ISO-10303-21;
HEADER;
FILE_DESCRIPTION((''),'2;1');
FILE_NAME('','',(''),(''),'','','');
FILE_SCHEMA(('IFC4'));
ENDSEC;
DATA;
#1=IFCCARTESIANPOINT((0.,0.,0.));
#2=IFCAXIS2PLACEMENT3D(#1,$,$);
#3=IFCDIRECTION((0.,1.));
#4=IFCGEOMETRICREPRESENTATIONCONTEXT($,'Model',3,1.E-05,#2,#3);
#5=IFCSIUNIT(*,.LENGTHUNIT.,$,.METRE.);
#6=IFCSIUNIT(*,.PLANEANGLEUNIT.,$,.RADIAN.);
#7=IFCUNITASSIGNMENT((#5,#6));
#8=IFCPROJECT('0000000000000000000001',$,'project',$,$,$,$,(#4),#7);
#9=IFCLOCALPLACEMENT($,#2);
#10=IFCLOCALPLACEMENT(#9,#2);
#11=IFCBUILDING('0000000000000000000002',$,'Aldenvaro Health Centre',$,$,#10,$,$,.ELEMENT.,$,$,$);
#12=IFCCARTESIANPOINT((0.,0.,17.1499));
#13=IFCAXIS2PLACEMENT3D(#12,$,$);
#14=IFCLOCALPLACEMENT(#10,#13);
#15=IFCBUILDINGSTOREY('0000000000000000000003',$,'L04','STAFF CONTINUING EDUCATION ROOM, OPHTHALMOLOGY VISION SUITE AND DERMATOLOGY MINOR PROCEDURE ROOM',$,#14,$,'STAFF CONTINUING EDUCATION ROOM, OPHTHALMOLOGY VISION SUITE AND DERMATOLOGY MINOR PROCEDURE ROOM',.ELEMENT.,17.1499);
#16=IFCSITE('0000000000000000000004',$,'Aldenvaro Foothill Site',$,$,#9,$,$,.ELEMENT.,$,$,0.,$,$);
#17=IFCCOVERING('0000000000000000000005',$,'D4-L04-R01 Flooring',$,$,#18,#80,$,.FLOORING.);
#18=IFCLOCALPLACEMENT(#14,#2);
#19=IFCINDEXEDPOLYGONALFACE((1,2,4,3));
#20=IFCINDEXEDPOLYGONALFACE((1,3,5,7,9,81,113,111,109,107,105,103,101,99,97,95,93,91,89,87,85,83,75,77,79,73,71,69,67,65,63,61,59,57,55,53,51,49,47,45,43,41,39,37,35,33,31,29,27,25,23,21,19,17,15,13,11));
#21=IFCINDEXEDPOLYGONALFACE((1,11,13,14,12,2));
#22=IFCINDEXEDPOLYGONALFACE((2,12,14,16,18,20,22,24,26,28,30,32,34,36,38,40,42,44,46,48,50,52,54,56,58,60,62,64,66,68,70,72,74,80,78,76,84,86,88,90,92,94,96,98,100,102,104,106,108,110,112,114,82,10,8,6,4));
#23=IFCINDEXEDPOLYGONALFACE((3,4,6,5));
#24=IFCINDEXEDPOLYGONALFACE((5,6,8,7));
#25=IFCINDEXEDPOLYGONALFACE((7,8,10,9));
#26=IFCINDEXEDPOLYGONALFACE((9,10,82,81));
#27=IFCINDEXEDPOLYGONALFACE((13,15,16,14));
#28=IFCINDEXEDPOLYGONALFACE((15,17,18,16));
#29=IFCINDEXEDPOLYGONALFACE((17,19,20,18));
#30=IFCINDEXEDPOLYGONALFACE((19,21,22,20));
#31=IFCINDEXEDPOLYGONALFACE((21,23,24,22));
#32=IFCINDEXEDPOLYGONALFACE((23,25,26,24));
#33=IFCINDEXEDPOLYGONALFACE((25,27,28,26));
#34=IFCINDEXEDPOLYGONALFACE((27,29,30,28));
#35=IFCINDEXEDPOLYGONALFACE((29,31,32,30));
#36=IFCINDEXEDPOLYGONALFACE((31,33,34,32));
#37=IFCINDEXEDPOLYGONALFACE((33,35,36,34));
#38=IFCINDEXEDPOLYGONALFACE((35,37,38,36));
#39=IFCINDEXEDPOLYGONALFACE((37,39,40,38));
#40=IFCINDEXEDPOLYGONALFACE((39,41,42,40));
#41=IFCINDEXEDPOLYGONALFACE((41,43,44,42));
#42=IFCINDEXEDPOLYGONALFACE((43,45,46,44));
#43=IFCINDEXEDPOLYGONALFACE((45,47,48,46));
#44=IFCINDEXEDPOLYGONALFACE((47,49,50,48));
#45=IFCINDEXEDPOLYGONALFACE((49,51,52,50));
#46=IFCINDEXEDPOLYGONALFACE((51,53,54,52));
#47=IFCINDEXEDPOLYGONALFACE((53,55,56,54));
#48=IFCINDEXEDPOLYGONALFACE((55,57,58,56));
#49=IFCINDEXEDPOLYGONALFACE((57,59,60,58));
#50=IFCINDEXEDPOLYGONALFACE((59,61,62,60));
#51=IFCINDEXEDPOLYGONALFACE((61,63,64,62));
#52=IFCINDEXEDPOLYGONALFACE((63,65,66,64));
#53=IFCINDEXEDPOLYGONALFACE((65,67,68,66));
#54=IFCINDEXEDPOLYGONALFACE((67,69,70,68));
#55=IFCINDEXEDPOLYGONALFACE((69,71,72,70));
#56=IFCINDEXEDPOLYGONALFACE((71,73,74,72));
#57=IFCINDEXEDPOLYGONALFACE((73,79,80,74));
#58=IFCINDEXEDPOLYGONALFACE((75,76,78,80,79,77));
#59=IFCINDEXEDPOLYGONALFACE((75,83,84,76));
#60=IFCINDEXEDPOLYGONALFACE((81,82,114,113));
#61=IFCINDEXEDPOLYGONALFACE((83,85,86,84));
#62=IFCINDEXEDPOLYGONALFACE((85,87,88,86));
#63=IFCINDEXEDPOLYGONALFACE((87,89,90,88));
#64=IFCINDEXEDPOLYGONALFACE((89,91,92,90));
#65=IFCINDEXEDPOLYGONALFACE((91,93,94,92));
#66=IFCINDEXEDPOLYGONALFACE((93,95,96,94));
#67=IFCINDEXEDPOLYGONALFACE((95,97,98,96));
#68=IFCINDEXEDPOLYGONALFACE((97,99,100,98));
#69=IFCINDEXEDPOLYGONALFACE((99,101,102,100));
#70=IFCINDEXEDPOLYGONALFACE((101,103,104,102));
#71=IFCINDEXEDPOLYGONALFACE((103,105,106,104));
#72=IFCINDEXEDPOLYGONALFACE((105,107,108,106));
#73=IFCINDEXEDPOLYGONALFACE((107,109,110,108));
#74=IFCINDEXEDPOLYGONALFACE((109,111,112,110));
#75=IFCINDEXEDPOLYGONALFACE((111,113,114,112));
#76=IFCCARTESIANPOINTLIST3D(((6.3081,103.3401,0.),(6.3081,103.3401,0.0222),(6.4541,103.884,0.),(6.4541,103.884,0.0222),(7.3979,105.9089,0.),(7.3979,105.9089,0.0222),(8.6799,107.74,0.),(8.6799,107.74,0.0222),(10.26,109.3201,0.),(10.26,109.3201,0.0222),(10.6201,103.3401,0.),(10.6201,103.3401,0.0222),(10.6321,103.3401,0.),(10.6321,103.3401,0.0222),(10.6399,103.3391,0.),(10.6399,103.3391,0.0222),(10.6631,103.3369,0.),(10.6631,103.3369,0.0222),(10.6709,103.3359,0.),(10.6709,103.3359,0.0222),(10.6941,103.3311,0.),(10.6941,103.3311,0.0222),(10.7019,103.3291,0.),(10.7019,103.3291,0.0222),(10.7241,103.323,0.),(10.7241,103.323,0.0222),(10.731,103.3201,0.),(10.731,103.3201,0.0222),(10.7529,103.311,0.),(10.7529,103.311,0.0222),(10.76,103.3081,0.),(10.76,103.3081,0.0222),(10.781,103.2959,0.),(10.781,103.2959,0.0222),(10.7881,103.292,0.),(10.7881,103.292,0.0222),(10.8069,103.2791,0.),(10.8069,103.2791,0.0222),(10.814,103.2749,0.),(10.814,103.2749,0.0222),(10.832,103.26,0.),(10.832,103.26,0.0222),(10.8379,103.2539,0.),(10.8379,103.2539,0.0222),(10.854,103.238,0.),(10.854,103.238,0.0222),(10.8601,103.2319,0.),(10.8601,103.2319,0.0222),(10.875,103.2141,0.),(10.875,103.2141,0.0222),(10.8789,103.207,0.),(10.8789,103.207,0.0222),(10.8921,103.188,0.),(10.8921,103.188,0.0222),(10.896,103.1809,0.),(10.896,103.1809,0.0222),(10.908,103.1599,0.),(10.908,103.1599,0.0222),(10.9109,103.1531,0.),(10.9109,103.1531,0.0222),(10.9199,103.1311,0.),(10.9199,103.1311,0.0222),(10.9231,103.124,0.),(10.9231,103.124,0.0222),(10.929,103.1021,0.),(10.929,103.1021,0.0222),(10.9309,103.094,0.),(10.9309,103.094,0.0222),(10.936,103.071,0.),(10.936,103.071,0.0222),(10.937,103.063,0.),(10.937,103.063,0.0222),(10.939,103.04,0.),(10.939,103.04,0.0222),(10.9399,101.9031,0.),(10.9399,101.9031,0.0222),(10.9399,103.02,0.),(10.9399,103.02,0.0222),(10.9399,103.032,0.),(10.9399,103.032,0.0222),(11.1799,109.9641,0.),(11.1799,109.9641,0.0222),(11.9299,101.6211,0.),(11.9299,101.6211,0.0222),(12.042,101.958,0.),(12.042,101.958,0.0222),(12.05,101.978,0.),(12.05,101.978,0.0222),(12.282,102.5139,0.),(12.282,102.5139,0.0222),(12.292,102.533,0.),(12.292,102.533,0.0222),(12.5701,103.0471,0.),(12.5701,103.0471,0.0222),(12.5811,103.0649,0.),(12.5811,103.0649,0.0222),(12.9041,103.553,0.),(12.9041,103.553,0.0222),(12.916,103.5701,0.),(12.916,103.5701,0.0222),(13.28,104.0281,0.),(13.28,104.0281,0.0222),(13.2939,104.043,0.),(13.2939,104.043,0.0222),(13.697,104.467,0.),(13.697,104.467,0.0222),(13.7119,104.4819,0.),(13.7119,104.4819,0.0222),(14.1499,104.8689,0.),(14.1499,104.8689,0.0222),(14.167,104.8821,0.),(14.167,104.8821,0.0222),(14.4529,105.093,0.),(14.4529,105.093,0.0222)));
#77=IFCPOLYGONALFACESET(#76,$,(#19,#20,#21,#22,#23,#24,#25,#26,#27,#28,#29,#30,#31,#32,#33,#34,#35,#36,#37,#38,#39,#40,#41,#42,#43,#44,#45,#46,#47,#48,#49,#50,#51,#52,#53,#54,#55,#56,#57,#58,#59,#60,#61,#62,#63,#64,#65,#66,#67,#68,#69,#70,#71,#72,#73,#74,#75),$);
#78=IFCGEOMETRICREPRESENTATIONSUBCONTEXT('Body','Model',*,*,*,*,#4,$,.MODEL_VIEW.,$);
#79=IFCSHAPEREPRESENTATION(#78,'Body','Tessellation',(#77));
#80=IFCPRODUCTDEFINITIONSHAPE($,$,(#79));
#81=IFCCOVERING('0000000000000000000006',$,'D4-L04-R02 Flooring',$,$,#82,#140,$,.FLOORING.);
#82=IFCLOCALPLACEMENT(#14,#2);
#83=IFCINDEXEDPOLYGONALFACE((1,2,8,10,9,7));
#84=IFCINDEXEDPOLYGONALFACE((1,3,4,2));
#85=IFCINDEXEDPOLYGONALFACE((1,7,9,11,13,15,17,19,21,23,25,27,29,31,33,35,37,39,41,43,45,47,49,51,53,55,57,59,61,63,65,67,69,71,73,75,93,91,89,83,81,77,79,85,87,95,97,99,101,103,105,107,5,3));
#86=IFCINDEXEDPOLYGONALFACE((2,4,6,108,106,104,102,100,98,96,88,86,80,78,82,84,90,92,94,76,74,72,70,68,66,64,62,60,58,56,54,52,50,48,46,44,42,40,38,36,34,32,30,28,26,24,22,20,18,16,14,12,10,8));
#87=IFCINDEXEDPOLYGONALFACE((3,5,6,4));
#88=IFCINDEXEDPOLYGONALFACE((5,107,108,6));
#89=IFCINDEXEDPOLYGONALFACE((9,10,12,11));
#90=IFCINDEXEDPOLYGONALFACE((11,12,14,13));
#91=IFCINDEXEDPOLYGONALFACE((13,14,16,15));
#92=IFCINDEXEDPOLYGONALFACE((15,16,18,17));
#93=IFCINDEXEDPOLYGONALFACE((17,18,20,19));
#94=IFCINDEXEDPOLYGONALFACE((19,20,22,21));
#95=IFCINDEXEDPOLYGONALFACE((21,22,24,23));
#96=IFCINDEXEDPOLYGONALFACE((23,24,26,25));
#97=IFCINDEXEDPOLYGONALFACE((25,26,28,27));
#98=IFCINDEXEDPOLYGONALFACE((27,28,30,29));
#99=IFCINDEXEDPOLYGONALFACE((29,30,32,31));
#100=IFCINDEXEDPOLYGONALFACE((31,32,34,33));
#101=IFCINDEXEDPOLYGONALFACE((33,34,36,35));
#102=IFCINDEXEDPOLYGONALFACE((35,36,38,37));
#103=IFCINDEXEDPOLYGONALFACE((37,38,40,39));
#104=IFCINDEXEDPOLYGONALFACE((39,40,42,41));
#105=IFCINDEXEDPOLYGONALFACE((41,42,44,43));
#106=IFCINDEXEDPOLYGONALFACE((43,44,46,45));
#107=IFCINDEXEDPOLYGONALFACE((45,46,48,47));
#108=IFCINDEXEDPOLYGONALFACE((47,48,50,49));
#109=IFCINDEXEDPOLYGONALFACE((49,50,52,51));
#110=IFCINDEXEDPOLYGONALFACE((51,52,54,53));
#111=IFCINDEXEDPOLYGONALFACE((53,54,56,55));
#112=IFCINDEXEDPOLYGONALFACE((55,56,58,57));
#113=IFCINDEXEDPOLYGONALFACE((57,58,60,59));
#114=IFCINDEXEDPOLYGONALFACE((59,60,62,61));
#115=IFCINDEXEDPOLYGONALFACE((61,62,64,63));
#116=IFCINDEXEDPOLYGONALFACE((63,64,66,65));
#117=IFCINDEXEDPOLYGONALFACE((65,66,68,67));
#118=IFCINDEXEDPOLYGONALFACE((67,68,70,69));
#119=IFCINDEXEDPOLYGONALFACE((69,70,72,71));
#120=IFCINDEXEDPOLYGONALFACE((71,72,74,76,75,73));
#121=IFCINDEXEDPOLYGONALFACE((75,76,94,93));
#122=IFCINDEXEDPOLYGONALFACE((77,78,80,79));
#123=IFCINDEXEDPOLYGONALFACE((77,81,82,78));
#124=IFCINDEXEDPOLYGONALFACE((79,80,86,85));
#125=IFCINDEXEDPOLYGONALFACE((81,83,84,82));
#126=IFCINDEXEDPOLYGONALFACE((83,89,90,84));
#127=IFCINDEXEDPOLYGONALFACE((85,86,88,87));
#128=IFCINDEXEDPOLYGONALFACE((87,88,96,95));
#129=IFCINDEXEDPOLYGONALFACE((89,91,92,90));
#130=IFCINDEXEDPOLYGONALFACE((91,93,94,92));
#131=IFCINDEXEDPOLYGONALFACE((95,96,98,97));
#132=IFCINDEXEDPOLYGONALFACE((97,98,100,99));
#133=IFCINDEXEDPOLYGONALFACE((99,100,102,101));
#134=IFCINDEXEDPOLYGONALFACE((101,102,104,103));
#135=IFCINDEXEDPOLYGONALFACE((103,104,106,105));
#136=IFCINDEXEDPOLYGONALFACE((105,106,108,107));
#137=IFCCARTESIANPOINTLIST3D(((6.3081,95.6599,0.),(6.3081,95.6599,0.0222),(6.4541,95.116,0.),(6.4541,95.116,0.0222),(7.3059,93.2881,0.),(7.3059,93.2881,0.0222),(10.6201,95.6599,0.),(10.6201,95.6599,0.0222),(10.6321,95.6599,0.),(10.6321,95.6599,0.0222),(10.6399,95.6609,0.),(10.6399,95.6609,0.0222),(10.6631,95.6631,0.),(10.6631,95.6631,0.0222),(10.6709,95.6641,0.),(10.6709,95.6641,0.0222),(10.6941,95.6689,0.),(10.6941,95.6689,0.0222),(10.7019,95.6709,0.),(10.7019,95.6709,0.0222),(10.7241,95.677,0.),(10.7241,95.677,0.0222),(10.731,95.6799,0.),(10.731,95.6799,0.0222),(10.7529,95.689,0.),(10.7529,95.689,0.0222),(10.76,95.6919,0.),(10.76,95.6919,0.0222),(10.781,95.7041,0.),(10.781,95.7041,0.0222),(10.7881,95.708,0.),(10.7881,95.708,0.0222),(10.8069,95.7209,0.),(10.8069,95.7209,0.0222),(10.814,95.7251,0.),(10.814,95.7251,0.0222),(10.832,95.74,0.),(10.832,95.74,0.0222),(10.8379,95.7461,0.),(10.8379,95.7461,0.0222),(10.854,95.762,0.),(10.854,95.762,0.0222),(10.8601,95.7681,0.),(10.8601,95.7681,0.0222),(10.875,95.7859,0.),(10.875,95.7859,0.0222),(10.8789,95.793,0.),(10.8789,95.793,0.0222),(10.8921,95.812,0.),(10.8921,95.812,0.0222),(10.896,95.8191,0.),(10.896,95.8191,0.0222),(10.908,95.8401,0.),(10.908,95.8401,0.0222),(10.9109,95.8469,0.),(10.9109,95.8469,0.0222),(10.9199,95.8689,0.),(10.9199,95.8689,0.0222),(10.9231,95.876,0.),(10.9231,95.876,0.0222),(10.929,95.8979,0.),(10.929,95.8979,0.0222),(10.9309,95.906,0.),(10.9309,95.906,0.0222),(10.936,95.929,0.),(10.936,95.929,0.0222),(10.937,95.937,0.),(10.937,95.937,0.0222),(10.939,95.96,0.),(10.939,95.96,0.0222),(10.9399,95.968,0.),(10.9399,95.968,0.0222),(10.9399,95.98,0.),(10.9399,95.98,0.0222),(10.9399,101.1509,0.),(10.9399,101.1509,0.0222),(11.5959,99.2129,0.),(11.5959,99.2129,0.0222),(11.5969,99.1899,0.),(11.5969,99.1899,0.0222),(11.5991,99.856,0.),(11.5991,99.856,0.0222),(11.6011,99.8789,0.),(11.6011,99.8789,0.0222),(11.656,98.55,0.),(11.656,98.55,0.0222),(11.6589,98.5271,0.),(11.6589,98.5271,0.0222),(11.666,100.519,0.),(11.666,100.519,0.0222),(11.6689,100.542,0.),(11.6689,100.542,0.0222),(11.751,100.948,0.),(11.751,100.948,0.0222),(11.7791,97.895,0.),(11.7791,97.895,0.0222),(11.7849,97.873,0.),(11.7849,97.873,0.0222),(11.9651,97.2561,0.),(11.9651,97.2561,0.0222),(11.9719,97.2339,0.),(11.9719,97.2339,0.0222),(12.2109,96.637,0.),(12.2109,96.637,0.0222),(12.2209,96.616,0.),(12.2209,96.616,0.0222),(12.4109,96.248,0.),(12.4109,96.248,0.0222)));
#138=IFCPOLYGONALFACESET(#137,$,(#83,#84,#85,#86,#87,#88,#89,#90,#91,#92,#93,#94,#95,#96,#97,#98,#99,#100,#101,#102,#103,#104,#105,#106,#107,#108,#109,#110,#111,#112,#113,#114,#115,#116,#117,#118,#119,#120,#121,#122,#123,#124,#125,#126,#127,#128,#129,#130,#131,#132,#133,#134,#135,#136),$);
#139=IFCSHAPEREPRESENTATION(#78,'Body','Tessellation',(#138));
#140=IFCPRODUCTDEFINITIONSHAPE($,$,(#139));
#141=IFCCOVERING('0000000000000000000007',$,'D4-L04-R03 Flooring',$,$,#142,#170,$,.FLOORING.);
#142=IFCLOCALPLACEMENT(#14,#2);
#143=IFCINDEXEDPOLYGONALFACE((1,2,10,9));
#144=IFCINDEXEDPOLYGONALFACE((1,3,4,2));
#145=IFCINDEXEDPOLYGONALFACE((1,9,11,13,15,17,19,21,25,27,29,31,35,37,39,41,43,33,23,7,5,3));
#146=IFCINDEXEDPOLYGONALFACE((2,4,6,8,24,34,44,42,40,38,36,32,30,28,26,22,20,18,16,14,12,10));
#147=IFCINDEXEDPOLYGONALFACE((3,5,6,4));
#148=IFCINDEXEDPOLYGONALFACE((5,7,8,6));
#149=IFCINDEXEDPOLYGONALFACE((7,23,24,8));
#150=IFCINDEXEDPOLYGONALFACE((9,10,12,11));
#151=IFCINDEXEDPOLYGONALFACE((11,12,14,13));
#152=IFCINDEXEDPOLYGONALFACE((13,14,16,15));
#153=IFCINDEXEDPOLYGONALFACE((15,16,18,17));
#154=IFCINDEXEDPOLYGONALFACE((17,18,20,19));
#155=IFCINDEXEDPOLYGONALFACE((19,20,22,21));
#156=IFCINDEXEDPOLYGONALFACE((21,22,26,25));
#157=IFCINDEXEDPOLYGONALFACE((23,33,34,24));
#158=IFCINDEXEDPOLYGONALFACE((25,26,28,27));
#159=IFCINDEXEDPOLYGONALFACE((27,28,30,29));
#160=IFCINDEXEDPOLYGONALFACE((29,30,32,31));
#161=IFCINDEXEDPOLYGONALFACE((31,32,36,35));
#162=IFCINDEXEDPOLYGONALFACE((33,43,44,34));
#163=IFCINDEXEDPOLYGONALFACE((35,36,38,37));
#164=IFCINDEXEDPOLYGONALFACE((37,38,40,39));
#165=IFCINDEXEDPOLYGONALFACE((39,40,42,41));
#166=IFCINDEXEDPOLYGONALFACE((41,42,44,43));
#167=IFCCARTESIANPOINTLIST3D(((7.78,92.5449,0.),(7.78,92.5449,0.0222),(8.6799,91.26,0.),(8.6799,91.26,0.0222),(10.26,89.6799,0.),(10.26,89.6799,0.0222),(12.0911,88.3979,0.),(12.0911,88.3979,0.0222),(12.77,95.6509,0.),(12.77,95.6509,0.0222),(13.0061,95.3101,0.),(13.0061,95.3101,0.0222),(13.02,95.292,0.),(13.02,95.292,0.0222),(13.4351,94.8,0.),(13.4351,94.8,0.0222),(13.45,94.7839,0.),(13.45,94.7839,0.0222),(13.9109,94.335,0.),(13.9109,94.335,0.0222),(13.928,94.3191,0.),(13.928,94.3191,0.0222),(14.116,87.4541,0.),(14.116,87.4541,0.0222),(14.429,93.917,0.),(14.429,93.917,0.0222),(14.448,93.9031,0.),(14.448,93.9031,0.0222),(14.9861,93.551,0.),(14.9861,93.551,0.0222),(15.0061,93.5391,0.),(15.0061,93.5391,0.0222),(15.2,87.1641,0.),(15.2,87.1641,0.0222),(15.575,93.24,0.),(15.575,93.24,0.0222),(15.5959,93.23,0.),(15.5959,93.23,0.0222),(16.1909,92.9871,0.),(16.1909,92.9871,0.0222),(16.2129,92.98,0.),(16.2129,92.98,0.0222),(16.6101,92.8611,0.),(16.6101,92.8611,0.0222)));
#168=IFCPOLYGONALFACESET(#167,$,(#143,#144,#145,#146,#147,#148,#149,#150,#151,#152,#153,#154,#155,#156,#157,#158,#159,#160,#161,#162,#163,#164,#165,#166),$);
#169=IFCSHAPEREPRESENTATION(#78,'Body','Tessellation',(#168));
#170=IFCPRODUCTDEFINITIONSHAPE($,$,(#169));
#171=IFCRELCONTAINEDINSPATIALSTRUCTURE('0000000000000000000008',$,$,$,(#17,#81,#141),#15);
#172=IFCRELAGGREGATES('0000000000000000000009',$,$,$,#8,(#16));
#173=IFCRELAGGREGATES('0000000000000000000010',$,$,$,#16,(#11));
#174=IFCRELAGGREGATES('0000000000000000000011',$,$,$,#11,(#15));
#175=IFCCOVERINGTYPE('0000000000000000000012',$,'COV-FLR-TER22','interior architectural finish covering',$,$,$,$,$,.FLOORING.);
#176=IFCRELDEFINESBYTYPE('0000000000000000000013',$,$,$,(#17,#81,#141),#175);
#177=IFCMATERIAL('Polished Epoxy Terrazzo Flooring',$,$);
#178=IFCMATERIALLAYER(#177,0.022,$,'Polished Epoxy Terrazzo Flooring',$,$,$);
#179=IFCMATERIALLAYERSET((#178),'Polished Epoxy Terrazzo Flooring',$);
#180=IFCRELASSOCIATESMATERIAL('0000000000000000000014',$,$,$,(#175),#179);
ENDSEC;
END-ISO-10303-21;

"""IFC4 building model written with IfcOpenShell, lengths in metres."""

from ifc_helpers import new_model, si_unit, direction, frame, origin, place, context, subcontext, project, spatial, polyline, outline, extrude, material, layer, layer_set, type_object, element, save


model = new_model("IFC4")

# Units and contexts
model_context = context("Model", 3, precision=1e-05, world=origin(), true_north=direction((0.0, 1.0)))
body_context = subcontext(model_context, "Body", "Model", "MODEL_VIEW")
ifc_project = project(units=[si_unit("LENGTHUNIT", "METRE"), si_unit("PLANEANGLEUNIT", "RADIAN")], contexts=[model_context])

# Site, building, storey
site_placement = place(None, origin())
site = spatial("IfcSite", under=ifc_project, at=site_placement, Name="Aldenvaro Foothill Site", CompositionType="ELEMENT", RefElevation=0.0)
building_placement = place(site_placement, origin())
building = spatial("IfcBuilding", under=site, at=building_placement, Name="Aldenvaro Health Centre", CompositionType="ELEMENT")
storey_placement = place(building_placement, frame((0.0, 0.0, 17.1499)))
storey = spatial("IfcBuildingStorey", under=building, at=storey_placement, Name="L04", Description="STAFF CONTINUING EDUCATION ROOM, OPHTHALMOLOGY VISION SUITE AND DERMATOLOGY MINOR PROCEDURE ROOM", LongName="STAFF CONTINUING EDUCATION ROOM, OPHTHALMOLOGY VISION SUITE AND DERMATOLOGY MINOR PROCEDURE ROOM", CompositionType="ELEMENT", Elevation=17.1499)

# Coverings
ifc_material_1 = material(Name="Polished Epoxy Terrazzo Flooring")
ifc_layer_1 = layer(ifc_material_1, 0.022, Name="Polished Epoxy Terrazzo Flooring")
ifc_layer_set_1 = layer_set([ifc_layer_1], Name="Polished Epoxy Terrazzo Flooring")
covering_type_1 = type_object("IfcCoveringType", Name="COV-FLR-TER22", Description="interior architectural finish covering", PredefinedType="FLOORING", material=ifc_layer_set_1)
covering_1_placement = place(storey_placement, origin())
element("IfcCovering", 1, at=covering_1_placement, inside=storey, type_object=covering_type_1, Name="D4-L04-R01 Flooring", PredefinedType="FLOORING", context=body_context, shape_type="SweptSolid", body=[
    extrude(outline(polyline([(14.167, 104.8821), (14.1499, 104.8689), (13.7119, 104.4819), (13.697, 104.467), (13.2939, 104.043), (13.28, 104.0281), (12.916, 103.5701), (12.9041, 103.553), (12.5811, 103.0649), (12.5701, 103.0471), (12.292, 102.533), (12.282, 102.5139), (12.05, 101.978), (12.042, 101.958), (11.9299, 101.6211), (10.9399, 101.9031), (10.9399, 103.02), (10.9399, 103.032), (10.939, 103.04), (10.937, 103.063), (10.936, 103.071), (10.9309, 103.094), (10.929, 103.1021), (10.9231, 103.124), (10.9199, 103.1311), (10.9109, 103.1531), (10.908, 103.1599), (10.896, 103.1809), (10.8921, 103.188), (10.8789, 103.207), (10.875, 103.2141), (10.8601, 103.2319), (10.854, 103.238), (10.8379, 103.2539), (10.832, 103.26), (10.814, 103.2749), (10.8069, 103.2791), (10.7881, 103.292), (10.781, 103.2959), (10.76, 103.3081), (10.7529, 103.311), (10.731, 103.3201), (10.7241, 103.323), (10.7019, 103.3291), (10.6941, 103.3311), (10.6709, 103.3359), (10.6631, 103.3369), (10.6399, 103.3391), (10.6321, 103.3401), (10.6201, 103.3401), (6.3081, 103.3401), (6.4541, 103.884), (7.3979, 105.9089), (8.6799, 107.74), (10.26, 109.3201), (11.1799, 109.9641), (14.4529, 105.093), (14.167, 104.8821)])), origin(), (0.0, 0.0, 1.0), 0.0222),
])
covering_2_placement = place(storey_placement, origin())
element("IfcCovering", 2, at=covering_2_placement, inside=storey, type_object=covering_type_1, Name="D4-L04-R02 Flooring", PredefinedType="FLOORING", context=body_context, shape_type="SweptSolid", body=[
    extrude(outline(polyline([(7.3059, 93.2881), (6.4541, 95.116), (6.3081, 95.6599), (10.6201, 95.6599), (10.6321, 95.6599), (10.6399, 95.6609), (10.6631, 95.6631), (10.6709, 95.6641), (10.6941, 95.6689), (10.7019, 95.6709), (10.7241, 95.677), (10.731, 95.6799), (10.7529, 95.689), (10.76, 95.6919), (10.781, 95.7041), (10.7881, 95.708), (10.8069, 95.7209), (10.814, 95.7251), (10.832, 95.74), (10.8379, 95.7461), (10.854, 95.762), (10.8601, 95.7681), (10.875, 95.7859), (10.8789, 95.793), (10.8921, 95.812), (10.896, 95.8191), (10.908, 95.8401), (10.9109, 95.8469), (10.9199, 95.8689), (10.9231, 95.876), (10.929, 95.8979), (10.9309, 95.906), (10.936, 95.929), (10.937, 95.937), (10.939, 95.96), (10.9399, 95.968), (10.9399, 95.98), (10.9399, 101.1509), (11.751, 100.948), (11.6689, 100.542), (11.666, 100.519), (11.6011, 99.8789), (11.5991, 99.856), (11.5959, 99.2129), (11.5969, 99.1899), (11.656, 98.55), (11.6589, 98.5271), (11.7791, 97.895), (11.7849, 97.873), (11.9651, 97.2561), (11.9719, 97.2339), (12.2109, 96.637), (12.2209, 96.616), (12.4109, 96.248), (7.3059, 93.2881)])), origin(), (0.0, 0.0, 1.0), 0.0222),
])
covering_3_placement = place(storey_placement, origin())
element("IfcCovering", 3, at=covering_3_placement, inside=storey, type_object=covering_type_1, Name="D4-L04-R03 Flooring", PredefinedType="FLOORING", context=body_context, shape_type="SweptSolid", body=[
    extrude(outline(polyline([(13.0061, 95.3101), (13.02, 95.292), (13.4351, 94.8), (13.45, 94.7839), (13.9109, 94.335), (13.928, 94.3191), (14.429, 93.917), (14.448, 93.9031), (14.9861, 93.551), (15.0061, 93.5391), (15.575, 93.24), (15.5959, 93.23), (16.1909, 92.9871), (16.2129, 92.98), (16.6101, 92.8611), (15.2, 87.1641), (14.116, 87.4541), (12.0911, 88.3979), (10.26, 89.6799), (8.6799, 91.26), (7.78, 92.5449), (12.77, 95.6509), (13.0061, 95.3101)])), origin(), (0.0, 0.0, 1.0), 0.0222),
])

save(model, "model.ifc")
